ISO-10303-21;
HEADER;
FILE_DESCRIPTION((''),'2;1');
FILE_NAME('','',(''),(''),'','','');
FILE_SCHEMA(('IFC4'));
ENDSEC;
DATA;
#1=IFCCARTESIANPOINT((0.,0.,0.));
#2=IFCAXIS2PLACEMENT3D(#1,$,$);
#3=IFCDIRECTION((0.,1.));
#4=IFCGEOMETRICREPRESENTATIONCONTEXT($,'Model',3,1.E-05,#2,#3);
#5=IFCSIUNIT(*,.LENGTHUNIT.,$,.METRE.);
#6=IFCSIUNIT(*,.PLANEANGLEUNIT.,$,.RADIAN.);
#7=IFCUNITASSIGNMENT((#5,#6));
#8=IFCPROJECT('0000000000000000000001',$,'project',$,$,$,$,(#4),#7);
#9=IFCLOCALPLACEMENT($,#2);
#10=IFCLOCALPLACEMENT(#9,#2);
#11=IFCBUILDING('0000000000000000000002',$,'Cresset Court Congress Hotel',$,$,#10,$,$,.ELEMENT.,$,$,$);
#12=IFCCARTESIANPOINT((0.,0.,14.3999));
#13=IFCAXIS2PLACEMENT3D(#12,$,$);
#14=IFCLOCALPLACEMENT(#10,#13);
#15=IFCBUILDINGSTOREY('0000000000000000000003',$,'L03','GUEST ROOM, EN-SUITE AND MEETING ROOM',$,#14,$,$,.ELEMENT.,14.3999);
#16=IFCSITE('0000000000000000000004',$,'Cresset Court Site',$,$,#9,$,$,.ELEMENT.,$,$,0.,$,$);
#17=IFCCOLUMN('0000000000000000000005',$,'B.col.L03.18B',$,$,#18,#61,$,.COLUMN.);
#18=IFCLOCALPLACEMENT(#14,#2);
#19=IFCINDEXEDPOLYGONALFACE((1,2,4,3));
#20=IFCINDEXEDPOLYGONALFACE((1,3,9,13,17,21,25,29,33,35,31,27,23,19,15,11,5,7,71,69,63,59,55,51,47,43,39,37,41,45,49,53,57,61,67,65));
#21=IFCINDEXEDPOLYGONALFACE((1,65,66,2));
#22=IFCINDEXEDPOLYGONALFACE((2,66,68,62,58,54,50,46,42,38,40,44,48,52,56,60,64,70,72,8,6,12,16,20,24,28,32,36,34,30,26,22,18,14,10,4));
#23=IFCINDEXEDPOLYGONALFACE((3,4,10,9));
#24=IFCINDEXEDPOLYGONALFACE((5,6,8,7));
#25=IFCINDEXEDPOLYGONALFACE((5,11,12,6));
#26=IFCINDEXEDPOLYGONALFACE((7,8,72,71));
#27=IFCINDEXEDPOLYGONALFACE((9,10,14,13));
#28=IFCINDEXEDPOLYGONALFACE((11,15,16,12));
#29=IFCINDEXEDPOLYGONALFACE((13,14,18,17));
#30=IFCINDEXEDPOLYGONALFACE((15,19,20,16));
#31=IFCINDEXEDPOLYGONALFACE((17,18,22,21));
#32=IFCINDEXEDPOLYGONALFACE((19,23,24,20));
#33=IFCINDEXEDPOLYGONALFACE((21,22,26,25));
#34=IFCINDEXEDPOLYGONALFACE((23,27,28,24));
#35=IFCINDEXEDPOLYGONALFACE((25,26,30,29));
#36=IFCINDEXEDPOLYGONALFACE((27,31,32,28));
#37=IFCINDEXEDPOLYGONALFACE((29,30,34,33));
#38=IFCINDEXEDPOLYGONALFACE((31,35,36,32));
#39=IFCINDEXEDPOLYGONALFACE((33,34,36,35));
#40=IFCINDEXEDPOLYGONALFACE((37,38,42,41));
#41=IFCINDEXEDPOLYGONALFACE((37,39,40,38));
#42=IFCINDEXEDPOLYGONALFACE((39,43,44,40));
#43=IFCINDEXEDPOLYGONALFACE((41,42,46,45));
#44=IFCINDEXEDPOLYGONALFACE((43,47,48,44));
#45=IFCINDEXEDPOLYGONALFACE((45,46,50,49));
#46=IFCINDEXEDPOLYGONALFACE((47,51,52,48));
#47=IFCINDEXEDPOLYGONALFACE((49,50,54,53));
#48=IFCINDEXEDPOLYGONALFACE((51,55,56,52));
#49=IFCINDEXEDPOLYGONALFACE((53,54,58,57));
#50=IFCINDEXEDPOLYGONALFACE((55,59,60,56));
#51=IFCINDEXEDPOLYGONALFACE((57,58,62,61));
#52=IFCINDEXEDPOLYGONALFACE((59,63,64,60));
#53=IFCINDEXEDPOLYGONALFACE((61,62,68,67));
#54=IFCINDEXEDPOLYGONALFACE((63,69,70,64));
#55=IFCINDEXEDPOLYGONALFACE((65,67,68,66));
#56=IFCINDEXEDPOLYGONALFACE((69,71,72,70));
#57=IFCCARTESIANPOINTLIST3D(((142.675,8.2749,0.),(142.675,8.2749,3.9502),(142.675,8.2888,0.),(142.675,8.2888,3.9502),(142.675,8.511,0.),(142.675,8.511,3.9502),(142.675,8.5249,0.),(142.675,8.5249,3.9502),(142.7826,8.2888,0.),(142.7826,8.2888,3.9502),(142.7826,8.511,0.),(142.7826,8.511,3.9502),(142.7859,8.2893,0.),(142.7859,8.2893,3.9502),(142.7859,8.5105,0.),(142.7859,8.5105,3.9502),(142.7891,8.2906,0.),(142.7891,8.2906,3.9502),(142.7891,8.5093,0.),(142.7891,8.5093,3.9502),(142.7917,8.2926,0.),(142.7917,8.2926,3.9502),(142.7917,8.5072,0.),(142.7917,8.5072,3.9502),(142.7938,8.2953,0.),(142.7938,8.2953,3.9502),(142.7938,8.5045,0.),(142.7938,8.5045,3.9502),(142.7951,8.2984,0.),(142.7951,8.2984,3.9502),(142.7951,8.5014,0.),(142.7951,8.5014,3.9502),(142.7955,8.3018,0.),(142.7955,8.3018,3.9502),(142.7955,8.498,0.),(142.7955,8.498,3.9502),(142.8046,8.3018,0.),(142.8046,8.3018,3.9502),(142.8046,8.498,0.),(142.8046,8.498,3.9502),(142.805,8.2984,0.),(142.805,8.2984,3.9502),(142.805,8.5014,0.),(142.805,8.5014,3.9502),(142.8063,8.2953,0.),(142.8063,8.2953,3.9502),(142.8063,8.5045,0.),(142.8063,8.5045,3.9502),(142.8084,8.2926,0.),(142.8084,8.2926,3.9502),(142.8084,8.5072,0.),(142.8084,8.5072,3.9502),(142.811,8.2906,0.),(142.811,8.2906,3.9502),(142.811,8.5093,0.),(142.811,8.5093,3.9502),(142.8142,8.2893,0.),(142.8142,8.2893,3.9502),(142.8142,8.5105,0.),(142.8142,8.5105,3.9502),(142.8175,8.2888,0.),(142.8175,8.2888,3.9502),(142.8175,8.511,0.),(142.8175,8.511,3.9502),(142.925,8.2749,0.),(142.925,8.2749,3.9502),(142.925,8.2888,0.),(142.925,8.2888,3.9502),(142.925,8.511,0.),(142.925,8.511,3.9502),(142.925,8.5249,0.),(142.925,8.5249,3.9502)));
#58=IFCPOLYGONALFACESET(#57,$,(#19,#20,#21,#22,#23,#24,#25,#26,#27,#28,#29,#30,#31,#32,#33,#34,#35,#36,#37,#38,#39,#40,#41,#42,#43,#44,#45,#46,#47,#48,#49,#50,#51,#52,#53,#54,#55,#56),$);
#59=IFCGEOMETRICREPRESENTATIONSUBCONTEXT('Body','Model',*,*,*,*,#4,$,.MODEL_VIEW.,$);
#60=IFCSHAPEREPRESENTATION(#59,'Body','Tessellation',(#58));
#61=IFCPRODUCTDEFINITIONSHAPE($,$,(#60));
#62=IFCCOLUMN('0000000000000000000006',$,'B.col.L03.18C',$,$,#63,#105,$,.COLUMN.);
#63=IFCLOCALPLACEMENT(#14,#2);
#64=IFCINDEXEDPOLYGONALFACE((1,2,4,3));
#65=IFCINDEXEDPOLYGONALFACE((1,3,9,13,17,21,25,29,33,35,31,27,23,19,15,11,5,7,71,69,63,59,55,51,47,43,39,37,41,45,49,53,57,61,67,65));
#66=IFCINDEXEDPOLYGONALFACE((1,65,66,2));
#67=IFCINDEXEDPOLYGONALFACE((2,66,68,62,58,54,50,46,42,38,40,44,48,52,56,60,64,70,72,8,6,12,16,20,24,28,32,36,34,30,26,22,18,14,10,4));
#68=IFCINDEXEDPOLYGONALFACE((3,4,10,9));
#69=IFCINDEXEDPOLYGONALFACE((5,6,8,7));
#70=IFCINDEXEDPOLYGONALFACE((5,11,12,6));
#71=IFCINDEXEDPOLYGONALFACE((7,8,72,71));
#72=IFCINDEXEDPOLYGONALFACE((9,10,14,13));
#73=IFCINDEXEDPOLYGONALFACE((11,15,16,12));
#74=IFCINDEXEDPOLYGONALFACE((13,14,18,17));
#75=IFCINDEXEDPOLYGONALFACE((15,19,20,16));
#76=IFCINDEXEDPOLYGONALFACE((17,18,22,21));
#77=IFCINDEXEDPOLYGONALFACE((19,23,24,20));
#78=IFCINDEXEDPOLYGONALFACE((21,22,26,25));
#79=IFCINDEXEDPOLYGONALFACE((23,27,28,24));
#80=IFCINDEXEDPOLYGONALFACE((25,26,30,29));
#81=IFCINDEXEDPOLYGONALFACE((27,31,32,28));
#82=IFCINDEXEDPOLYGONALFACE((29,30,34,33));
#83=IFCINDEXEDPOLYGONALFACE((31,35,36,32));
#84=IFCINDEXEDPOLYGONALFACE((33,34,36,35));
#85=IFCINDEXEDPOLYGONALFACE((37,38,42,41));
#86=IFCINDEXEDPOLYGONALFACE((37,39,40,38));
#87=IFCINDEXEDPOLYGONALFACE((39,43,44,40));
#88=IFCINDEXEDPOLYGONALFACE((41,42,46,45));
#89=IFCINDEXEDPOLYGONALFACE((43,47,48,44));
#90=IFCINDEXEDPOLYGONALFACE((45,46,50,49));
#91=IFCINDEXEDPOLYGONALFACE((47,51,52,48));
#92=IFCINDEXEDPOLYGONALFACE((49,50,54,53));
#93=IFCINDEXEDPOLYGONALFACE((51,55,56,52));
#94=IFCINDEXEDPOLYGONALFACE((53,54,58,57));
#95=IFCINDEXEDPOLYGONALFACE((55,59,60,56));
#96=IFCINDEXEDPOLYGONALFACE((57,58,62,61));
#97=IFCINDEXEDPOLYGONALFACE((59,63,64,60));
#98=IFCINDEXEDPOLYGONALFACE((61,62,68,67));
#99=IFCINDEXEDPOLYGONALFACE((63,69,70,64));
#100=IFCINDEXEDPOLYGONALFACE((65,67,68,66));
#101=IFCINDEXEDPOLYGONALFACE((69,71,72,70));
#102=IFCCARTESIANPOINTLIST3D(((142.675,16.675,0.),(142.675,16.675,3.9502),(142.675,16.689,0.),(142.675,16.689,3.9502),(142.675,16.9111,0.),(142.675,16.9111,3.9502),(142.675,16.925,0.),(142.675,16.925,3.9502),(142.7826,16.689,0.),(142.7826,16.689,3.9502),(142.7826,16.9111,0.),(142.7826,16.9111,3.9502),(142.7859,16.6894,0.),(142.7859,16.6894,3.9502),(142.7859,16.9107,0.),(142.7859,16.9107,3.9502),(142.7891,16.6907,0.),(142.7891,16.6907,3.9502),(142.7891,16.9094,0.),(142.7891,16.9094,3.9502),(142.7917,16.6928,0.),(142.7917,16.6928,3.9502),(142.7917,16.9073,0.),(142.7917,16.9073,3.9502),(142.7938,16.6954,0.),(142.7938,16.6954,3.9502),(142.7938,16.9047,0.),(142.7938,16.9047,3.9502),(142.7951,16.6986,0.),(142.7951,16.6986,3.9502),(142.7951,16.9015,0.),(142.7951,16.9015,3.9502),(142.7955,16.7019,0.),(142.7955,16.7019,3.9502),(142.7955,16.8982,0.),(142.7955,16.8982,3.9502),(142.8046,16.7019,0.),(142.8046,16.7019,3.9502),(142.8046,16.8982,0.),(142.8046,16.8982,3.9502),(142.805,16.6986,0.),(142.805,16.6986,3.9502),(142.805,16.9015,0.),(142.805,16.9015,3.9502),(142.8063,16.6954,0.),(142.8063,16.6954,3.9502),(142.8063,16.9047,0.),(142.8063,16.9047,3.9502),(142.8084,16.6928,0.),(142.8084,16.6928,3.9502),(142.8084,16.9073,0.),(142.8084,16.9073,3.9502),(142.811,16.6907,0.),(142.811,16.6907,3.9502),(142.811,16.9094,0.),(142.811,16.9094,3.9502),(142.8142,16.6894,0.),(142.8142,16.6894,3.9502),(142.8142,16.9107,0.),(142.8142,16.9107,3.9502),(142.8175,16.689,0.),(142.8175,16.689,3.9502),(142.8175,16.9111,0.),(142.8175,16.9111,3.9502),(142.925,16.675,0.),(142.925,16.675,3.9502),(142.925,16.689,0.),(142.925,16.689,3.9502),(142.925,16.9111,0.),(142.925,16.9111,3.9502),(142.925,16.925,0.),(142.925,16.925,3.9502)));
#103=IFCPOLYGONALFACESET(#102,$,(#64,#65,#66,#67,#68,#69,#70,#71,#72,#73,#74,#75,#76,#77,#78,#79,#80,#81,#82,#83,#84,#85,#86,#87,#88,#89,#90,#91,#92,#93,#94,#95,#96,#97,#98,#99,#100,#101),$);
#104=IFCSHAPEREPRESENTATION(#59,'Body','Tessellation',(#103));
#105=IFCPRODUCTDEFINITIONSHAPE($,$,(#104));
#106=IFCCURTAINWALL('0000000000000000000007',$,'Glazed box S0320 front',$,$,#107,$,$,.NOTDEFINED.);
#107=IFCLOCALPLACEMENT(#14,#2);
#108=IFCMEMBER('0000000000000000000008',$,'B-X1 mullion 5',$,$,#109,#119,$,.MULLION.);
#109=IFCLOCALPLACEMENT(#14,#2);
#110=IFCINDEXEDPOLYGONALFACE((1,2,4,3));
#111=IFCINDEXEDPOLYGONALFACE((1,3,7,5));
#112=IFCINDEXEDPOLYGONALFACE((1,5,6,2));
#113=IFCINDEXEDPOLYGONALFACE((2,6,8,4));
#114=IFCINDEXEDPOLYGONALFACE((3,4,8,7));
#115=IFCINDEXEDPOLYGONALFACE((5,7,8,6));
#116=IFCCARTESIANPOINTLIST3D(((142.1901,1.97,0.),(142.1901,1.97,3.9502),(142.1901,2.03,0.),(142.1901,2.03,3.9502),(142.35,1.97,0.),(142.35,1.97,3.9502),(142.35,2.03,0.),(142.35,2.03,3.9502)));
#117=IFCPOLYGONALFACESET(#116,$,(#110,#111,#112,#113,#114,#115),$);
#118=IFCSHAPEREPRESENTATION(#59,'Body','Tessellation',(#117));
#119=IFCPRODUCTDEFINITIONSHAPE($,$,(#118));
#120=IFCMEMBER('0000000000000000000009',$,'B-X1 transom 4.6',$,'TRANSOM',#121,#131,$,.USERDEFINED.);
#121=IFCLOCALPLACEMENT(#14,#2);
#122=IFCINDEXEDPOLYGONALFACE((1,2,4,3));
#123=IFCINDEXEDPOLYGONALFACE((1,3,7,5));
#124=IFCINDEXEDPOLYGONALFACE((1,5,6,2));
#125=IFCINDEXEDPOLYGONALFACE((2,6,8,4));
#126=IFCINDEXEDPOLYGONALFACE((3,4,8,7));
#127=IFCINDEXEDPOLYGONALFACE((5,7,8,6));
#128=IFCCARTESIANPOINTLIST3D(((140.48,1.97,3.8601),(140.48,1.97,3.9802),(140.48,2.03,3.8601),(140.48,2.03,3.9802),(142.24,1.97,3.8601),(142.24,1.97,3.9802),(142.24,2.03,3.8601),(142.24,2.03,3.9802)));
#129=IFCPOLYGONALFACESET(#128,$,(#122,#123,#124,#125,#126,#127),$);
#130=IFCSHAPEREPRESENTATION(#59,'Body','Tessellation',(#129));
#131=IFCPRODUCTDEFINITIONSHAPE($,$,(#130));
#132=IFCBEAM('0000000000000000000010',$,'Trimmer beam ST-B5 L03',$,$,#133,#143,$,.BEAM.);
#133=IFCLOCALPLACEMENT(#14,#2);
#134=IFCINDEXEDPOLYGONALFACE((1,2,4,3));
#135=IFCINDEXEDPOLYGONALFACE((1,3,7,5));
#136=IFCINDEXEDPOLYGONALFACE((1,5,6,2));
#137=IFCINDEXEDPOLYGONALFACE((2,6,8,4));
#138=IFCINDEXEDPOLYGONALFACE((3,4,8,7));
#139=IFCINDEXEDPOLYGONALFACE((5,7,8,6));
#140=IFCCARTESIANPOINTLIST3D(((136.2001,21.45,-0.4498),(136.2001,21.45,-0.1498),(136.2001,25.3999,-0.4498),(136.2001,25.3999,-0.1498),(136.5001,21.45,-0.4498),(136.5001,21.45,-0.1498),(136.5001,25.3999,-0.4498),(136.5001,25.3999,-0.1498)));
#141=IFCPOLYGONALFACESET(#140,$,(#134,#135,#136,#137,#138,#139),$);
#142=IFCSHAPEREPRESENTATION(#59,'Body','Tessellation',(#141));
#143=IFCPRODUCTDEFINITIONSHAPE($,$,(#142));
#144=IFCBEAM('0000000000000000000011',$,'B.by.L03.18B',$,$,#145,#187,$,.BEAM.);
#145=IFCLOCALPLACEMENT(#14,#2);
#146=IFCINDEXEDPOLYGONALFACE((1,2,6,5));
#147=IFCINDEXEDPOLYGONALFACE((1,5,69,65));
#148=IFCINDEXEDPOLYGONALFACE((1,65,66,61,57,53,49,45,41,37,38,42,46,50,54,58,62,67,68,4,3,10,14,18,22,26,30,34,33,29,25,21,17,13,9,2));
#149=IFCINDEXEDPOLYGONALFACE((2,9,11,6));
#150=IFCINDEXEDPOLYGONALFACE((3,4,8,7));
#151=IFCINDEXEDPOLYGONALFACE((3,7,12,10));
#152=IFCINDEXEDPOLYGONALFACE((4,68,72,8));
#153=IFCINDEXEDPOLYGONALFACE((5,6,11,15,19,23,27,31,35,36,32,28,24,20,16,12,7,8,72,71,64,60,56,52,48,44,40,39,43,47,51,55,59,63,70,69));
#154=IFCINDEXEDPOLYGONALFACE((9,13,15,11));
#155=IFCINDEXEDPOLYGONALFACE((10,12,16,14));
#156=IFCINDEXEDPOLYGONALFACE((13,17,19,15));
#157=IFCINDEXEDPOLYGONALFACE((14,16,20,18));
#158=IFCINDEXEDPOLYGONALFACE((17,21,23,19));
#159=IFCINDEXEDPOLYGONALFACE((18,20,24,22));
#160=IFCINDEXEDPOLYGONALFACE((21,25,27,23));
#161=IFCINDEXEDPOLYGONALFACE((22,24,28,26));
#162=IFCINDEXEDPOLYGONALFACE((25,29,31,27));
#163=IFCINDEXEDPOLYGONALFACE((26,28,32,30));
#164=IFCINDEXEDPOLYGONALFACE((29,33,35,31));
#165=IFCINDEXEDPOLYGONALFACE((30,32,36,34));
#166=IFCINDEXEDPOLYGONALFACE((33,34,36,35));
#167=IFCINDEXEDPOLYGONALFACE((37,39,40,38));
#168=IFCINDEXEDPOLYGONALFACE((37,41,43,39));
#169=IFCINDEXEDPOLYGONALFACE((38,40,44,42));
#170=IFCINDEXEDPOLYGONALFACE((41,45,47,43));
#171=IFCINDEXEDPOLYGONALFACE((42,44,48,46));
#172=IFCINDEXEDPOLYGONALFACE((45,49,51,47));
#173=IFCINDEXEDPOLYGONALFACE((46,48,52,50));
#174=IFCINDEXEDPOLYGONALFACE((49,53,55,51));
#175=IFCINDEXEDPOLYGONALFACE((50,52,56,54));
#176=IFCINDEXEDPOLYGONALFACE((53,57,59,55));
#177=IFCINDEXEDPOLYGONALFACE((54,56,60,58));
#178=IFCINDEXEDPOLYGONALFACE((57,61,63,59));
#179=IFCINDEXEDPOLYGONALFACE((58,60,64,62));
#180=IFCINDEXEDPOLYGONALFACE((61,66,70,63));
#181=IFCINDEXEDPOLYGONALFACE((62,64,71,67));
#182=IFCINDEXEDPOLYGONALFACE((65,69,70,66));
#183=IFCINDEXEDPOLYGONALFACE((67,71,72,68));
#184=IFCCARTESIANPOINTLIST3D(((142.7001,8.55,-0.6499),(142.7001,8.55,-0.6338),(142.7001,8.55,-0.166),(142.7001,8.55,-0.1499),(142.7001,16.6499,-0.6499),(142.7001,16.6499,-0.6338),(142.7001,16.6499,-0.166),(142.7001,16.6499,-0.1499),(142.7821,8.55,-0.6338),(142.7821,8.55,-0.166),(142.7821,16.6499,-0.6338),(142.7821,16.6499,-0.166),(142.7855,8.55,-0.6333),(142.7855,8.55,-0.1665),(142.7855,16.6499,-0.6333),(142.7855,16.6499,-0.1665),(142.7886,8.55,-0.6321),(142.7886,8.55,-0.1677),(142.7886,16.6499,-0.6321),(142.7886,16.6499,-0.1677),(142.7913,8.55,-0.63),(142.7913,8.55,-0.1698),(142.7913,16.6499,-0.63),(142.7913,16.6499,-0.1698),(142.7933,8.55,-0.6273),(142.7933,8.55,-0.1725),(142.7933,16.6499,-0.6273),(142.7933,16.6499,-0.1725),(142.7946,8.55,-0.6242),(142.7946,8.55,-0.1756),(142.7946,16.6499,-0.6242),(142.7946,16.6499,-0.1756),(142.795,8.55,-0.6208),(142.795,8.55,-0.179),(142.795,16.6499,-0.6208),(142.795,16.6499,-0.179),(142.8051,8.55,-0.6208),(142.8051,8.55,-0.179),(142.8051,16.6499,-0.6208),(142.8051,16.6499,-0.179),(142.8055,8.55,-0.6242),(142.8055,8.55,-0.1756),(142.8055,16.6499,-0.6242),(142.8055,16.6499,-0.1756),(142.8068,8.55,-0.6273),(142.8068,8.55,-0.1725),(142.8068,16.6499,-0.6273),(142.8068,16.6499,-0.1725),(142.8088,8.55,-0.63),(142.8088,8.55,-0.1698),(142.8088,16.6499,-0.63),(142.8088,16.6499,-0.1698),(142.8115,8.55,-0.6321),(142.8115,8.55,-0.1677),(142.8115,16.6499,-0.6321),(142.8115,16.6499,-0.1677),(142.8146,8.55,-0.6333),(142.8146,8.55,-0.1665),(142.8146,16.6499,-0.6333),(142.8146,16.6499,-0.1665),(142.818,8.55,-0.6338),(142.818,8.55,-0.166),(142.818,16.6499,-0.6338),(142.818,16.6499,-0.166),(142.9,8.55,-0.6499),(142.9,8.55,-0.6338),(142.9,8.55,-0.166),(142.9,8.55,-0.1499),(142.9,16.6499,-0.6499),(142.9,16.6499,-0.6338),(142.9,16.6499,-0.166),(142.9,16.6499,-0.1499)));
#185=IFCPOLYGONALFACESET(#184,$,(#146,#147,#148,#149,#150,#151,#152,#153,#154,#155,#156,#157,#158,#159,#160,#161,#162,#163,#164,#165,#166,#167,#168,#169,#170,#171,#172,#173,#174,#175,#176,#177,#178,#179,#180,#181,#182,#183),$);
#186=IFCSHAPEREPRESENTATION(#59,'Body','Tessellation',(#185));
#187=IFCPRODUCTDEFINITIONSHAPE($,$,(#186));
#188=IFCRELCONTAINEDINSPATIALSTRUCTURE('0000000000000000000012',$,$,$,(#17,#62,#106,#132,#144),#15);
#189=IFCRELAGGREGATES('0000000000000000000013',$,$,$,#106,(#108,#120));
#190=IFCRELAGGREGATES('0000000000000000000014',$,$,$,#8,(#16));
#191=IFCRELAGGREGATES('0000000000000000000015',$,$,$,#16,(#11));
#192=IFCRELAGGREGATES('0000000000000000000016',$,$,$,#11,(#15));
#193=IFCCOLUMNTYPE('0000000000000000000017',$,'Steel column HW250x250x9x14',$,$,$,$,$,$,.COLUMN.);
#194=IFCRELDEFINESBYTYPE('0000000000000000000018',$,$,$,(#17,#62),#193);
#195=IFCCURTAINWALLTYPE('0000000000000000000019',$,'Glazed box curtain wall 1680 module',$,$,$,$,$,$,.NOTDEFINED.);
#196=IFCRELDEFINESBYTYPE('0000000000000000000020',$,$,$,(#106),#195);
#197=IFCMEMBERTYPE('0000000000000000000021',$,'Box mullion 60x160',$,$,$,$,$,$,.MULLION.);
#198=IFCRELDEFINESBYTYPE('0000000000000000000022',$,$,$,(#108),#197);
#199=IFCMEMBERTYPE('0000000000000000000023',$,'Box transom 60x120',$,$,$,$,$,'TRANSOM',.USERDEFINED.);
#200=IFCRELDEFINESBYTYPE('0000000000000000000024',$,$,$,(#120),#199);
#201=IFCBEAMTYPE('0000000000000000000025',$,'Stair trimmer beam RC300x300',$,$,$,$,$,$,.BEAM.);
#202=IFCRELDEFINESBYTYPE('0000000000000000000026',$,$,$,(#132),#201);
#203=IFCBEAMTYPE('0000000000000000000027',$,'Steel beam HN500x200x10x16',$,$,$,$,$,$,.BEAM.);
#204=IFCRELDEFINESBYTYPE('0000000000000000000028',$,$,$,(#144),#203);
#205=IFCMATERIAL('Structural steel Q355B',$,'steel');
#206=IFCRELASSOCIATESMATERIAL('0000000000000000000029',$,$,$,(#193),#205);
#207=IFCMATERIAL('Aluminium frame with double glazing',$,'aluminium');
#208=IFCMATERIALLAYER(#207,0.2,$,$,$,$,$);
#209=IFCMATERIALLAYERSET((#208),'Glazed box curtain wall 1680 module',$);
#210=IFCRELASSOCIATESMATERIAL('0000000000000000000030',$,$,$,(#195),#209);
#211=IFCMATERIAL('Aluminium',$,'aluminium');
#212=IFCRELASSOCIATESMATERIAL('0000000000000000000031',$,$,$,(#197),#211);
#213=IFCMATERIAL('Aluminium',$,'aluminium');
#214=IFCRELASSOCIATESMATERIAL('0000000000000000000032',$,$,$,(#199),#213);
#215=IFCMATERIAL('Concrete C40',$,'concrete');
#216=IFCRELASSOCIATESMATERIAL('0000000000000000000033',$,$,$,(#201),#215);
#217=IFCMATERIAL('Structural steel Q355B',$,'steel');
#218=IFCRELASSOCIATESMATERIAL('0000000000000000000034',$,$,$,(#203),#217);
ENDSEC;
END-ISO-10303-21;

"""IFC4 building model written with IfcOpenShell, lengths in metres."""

from ifc_helpers import new_model, si_unit, direction, frame, origin, origin_2d, place, context, subcontext, project, spatial, rectangle, i_section, extrude, material, layer, layer_set, material_profile, profile_set, type_object, element, aggregate, save


model = new_model("IFC4")

# Units and contexts
model_context = context("Model", 3, precision=1e-05, world=origin(), true_north=direction((0.0, 1.0)))
body_context = subcontext(model_context, "Body", "Model", "MODEL_VIEW")
ifc_project = project(units=[si_unit("LENGTHUNIT", "METRE"), si_unit("PLANEANGLEUNIT", "RADIAN")], contexts=[model_context])

# Site, building, storey
site_placement = place(None, origin())
site = spatial("IfcSite", under=ifc_project, at=site_placement, Name="Cresset Court Site", CompositionType="ELEMENT", RefElevation=0.0)
building_placement = place(site_placement, origin())
building = spatial("IfcBuilding", under=site, at=building_placement, Name="Cresset Court Congress Hotel", CompositionType="ELEMENT")
storey_placement = place(building_placement, frame((0.0, 0.0, 14.3999)))
storey = spatial("IfcBuildingStorey", under=building, at=storey_placement, Name="L03", Description="GUEST ROOM, EN-SUITE AND MEETING ROOM", CompositionType="ELEMENT", Elevation=14.3999)

# Columns
ifc_material_1 = material(Name="Structural steel Q355B", Category="steel")
ifc_material_profile_1 = material_profile(ifc_material_1, i_section(OverallWidth=0.25, OverallDepth=0.25, WebThickness=0.009, FlangeThickness=0.0139, FilletRadius=0.0129, at=origin_2d()), Name="HW250x250x9x14")
ifc_profile_set_1 = profile_set([ifc_material_profile_1], Name="Structural steel Q355B")
column_type = type_object("IfcColumnType", Name="Steel column HW250x250x9x14", PredefinedType="COLUMN", material=ifc_profile_set_1)
for number, where, z_axis, x_axis, name in (
    (1, (142.8, 8.3999, 0.0), (0.0, 0.0, 1.0), (1.0, 0.0, 0.0), "B.col.L03.18B"),
    (2, (142.8, 16.8, 0.0), (0.0, 0.0, 1.0), (1.0, 0.0, 0.0), "B.col.L03.18C"),
):
    element("IfcColumn", number, at=place(storey_placement, frame(where, z_axis=z_axis, x_axis=x_axis)), inside=storey, type_object=column_type, Name=name, PredefinedType="COLUMN", context=body_context, shape_type="SweptSolid", body=[
        extrude(i_section(OverallWidth=0.25, OverallDepth=0.25, WebThickness=0.009, FlangeThickness=0.0139, FilletRadius=0.0129, at=origin_2d()), origin(), (0.0, 0.0, 1.0), 3.9502),
    ])

# Curtain wall, members
ifc_material_2 = material(Name="Aluminium frame with double glazing", Category="aluminium")
ifc_layer_1 = layer(ifc_material_2, 0.2)
ifc_layer_set_1 = layer_set([ifc_layer_1], Name="Glazed box curtain wall 1680 module")
curtain_wall_type = type_object("IfcCurtainWallType", Name="Glazed box curtain wall 1680 module", PredefinedType="NOTDEFINED", material=ifc_layer_set_1)
curtain_wall_placement = place(storey_placement, origin())
curtain_wall = element("IfcCurtainWall", 3, at=curtain_wall_placement, inside=storey, type_object=curtain_wall_type, Name="Glazed box S0320 front", PredefinedType="NOTDEFINED")
ifc_material_3 = material(Name="Aluminium", Category="aluminium")
ifc_material_profile_2 = material_profile(ifc_material_3, rectangle(XDim=0.0601, YDim=0.1599, at=origin_2d()), Name="Box mullion 60x160")
ifc_profile_set_2 = profile_set([ifc_material_profile_2], Name="Aluminium")
member_type_1 = type_object("IfcMemberType", Name="Box mullion 60x160", PredefinedType="MULLION", material=ifc_profile_set_2)
member_1_placement = place(storey_placement, frame((142.27, 2.0, 0.0), z_axis=(0.0, 0.0, 1.0), x_axis=(0.0, 1.0, 0.0)))
member_1 = element("IfcMember", 4, at=member_1_placement, type_object=member_type_1, Name="B-X1 mullion 5", PredefinedType="MULLION", context=body_context, shape_type="SweptSolid", body=[
    extrude(rectangle(XDim=0.0601, YDim=0.1599, at=origin_2d()), origin(), (0.0, 0.0, 1.0), 3.9502),
])
ifc_material_4 = material(Name="Aluminium", Category="aluminium")
ifc_material_profile_3 = material_profile(ifc_material_4, rectangle(XDim=0.0601, YDim=0.1201, at=origin_2d()), Name="Box transom 60x120")
ifc_profile_set_3 = profile_set([ifc_material_profile_3], Name="Aluminium")
member_type_2 = type_object("IfcMemberType", Name="Box transom 60x120", ElementType="TRANSOM", PredefinedType="USERDEFINED", material=ifc_profile_set_3)
member_2_placement = place(storey_placement, frame((140.48, 2.0, 3.9202), z_axis=(1.0, 0.0, 0.0), x_axis=(0.0, 1.0, 0.0)))
member_2 = element("IfcMember", 5, at=member_2_placement, type_object=member_type_2, Name="B-X1 transom 4.6", ObjectType="TRANSOM", PredefinedType="USERDEFINED", context=body_context, shape_type="SweptSolid", body=[
    extrude(rectangle(XDim=0.0601, YDim=0.1201, at=origin_2d()), origin(), (0.0, 0.0, 1.0), 1.76),
])

# Beams
ifc_material_5 = material(Name="Concrete C40", Category="concrete")
ifc_material_profile_4 = material_profile(ifc_material_5, rectangle(XDim=0.3, YDim=0.3, at=origin_2d()), Name="RC300x300")
ifc_profile_set_4 = profile_set([ifc_material_profile_4], Name="Concrete C40")
beam_type_1 = type_object("IfcBeamType", Name="Stair trimmer beam RC300x300", PredefinedType="BEAM", material=ifc_profile_set_4)
beam_1_placement = place(storey_placement, frame((136.3501, 21.45, -0.2998), z_axis=(0.0, 1.0, 0.0), x_axis=(-1.0, 0.0, 0.0)))
element("IfcBeam", 6, at=beam_1_placement, inside=storey, type_object=beam_type_1, Name="Trimmer beam ST-B5 L03", PredefinedType="BEAM", context=body_context, shape_type="SweptSolid", body=[
    extrude(rectangle(XDim=0.3, YDim=0.3, at=origin_2d()), origin(), (0.0, 0.0, 1.0), 3.95),
])
ifc_material_6 = material(Name="Structural steel Q355B", Category="steel")
ifc_material_profile_5 = material_profile(ifc_material_6, i_section(OverallWidth=0.2, OverallDepth=0.5, WebThickness=0.01, FlangeThickness=0.0161, FilletRadius=0.0129, at=origin_2d()), Name="HN500x200x10x16")
ifc_profile_set_5 = profile_set([ifc_material_profile_5], Name="Structural steel Q355B")
beam_type_2 = type_object("IfcBeamType", Name="Steel beam HN500x200x10x16", PredefinedType="BEAM", material=ifc_profile_set_5)
beam_2_placement = place(storey_placement, frame((142.8, 8.55, -0.3999), z_axis=(0.0, 1.0, 0.0), x_axis=(-1.0, 0.0, 0.0)))
element("IfcBeam", 7, at=beam_2_placement, inside=storey, type_object=beam_type_2, Name="B.by.L03.18B", PredefinedType="BEAM", context=body_context, shape_type="SweptSolid", body=[
    extrude(i_section(OverallWidth=0.2, OverallDepth=0.5, WebThickness=0.01, FlangeThickness=0.0161, FilletRadius=0.0129, at=origin_2d()), origin(), (0.0, 0.0, 1.0), 8.0999),
])

aggregate(curtain_wall, [member_1, member_2])

save(model, "model.ifc")
